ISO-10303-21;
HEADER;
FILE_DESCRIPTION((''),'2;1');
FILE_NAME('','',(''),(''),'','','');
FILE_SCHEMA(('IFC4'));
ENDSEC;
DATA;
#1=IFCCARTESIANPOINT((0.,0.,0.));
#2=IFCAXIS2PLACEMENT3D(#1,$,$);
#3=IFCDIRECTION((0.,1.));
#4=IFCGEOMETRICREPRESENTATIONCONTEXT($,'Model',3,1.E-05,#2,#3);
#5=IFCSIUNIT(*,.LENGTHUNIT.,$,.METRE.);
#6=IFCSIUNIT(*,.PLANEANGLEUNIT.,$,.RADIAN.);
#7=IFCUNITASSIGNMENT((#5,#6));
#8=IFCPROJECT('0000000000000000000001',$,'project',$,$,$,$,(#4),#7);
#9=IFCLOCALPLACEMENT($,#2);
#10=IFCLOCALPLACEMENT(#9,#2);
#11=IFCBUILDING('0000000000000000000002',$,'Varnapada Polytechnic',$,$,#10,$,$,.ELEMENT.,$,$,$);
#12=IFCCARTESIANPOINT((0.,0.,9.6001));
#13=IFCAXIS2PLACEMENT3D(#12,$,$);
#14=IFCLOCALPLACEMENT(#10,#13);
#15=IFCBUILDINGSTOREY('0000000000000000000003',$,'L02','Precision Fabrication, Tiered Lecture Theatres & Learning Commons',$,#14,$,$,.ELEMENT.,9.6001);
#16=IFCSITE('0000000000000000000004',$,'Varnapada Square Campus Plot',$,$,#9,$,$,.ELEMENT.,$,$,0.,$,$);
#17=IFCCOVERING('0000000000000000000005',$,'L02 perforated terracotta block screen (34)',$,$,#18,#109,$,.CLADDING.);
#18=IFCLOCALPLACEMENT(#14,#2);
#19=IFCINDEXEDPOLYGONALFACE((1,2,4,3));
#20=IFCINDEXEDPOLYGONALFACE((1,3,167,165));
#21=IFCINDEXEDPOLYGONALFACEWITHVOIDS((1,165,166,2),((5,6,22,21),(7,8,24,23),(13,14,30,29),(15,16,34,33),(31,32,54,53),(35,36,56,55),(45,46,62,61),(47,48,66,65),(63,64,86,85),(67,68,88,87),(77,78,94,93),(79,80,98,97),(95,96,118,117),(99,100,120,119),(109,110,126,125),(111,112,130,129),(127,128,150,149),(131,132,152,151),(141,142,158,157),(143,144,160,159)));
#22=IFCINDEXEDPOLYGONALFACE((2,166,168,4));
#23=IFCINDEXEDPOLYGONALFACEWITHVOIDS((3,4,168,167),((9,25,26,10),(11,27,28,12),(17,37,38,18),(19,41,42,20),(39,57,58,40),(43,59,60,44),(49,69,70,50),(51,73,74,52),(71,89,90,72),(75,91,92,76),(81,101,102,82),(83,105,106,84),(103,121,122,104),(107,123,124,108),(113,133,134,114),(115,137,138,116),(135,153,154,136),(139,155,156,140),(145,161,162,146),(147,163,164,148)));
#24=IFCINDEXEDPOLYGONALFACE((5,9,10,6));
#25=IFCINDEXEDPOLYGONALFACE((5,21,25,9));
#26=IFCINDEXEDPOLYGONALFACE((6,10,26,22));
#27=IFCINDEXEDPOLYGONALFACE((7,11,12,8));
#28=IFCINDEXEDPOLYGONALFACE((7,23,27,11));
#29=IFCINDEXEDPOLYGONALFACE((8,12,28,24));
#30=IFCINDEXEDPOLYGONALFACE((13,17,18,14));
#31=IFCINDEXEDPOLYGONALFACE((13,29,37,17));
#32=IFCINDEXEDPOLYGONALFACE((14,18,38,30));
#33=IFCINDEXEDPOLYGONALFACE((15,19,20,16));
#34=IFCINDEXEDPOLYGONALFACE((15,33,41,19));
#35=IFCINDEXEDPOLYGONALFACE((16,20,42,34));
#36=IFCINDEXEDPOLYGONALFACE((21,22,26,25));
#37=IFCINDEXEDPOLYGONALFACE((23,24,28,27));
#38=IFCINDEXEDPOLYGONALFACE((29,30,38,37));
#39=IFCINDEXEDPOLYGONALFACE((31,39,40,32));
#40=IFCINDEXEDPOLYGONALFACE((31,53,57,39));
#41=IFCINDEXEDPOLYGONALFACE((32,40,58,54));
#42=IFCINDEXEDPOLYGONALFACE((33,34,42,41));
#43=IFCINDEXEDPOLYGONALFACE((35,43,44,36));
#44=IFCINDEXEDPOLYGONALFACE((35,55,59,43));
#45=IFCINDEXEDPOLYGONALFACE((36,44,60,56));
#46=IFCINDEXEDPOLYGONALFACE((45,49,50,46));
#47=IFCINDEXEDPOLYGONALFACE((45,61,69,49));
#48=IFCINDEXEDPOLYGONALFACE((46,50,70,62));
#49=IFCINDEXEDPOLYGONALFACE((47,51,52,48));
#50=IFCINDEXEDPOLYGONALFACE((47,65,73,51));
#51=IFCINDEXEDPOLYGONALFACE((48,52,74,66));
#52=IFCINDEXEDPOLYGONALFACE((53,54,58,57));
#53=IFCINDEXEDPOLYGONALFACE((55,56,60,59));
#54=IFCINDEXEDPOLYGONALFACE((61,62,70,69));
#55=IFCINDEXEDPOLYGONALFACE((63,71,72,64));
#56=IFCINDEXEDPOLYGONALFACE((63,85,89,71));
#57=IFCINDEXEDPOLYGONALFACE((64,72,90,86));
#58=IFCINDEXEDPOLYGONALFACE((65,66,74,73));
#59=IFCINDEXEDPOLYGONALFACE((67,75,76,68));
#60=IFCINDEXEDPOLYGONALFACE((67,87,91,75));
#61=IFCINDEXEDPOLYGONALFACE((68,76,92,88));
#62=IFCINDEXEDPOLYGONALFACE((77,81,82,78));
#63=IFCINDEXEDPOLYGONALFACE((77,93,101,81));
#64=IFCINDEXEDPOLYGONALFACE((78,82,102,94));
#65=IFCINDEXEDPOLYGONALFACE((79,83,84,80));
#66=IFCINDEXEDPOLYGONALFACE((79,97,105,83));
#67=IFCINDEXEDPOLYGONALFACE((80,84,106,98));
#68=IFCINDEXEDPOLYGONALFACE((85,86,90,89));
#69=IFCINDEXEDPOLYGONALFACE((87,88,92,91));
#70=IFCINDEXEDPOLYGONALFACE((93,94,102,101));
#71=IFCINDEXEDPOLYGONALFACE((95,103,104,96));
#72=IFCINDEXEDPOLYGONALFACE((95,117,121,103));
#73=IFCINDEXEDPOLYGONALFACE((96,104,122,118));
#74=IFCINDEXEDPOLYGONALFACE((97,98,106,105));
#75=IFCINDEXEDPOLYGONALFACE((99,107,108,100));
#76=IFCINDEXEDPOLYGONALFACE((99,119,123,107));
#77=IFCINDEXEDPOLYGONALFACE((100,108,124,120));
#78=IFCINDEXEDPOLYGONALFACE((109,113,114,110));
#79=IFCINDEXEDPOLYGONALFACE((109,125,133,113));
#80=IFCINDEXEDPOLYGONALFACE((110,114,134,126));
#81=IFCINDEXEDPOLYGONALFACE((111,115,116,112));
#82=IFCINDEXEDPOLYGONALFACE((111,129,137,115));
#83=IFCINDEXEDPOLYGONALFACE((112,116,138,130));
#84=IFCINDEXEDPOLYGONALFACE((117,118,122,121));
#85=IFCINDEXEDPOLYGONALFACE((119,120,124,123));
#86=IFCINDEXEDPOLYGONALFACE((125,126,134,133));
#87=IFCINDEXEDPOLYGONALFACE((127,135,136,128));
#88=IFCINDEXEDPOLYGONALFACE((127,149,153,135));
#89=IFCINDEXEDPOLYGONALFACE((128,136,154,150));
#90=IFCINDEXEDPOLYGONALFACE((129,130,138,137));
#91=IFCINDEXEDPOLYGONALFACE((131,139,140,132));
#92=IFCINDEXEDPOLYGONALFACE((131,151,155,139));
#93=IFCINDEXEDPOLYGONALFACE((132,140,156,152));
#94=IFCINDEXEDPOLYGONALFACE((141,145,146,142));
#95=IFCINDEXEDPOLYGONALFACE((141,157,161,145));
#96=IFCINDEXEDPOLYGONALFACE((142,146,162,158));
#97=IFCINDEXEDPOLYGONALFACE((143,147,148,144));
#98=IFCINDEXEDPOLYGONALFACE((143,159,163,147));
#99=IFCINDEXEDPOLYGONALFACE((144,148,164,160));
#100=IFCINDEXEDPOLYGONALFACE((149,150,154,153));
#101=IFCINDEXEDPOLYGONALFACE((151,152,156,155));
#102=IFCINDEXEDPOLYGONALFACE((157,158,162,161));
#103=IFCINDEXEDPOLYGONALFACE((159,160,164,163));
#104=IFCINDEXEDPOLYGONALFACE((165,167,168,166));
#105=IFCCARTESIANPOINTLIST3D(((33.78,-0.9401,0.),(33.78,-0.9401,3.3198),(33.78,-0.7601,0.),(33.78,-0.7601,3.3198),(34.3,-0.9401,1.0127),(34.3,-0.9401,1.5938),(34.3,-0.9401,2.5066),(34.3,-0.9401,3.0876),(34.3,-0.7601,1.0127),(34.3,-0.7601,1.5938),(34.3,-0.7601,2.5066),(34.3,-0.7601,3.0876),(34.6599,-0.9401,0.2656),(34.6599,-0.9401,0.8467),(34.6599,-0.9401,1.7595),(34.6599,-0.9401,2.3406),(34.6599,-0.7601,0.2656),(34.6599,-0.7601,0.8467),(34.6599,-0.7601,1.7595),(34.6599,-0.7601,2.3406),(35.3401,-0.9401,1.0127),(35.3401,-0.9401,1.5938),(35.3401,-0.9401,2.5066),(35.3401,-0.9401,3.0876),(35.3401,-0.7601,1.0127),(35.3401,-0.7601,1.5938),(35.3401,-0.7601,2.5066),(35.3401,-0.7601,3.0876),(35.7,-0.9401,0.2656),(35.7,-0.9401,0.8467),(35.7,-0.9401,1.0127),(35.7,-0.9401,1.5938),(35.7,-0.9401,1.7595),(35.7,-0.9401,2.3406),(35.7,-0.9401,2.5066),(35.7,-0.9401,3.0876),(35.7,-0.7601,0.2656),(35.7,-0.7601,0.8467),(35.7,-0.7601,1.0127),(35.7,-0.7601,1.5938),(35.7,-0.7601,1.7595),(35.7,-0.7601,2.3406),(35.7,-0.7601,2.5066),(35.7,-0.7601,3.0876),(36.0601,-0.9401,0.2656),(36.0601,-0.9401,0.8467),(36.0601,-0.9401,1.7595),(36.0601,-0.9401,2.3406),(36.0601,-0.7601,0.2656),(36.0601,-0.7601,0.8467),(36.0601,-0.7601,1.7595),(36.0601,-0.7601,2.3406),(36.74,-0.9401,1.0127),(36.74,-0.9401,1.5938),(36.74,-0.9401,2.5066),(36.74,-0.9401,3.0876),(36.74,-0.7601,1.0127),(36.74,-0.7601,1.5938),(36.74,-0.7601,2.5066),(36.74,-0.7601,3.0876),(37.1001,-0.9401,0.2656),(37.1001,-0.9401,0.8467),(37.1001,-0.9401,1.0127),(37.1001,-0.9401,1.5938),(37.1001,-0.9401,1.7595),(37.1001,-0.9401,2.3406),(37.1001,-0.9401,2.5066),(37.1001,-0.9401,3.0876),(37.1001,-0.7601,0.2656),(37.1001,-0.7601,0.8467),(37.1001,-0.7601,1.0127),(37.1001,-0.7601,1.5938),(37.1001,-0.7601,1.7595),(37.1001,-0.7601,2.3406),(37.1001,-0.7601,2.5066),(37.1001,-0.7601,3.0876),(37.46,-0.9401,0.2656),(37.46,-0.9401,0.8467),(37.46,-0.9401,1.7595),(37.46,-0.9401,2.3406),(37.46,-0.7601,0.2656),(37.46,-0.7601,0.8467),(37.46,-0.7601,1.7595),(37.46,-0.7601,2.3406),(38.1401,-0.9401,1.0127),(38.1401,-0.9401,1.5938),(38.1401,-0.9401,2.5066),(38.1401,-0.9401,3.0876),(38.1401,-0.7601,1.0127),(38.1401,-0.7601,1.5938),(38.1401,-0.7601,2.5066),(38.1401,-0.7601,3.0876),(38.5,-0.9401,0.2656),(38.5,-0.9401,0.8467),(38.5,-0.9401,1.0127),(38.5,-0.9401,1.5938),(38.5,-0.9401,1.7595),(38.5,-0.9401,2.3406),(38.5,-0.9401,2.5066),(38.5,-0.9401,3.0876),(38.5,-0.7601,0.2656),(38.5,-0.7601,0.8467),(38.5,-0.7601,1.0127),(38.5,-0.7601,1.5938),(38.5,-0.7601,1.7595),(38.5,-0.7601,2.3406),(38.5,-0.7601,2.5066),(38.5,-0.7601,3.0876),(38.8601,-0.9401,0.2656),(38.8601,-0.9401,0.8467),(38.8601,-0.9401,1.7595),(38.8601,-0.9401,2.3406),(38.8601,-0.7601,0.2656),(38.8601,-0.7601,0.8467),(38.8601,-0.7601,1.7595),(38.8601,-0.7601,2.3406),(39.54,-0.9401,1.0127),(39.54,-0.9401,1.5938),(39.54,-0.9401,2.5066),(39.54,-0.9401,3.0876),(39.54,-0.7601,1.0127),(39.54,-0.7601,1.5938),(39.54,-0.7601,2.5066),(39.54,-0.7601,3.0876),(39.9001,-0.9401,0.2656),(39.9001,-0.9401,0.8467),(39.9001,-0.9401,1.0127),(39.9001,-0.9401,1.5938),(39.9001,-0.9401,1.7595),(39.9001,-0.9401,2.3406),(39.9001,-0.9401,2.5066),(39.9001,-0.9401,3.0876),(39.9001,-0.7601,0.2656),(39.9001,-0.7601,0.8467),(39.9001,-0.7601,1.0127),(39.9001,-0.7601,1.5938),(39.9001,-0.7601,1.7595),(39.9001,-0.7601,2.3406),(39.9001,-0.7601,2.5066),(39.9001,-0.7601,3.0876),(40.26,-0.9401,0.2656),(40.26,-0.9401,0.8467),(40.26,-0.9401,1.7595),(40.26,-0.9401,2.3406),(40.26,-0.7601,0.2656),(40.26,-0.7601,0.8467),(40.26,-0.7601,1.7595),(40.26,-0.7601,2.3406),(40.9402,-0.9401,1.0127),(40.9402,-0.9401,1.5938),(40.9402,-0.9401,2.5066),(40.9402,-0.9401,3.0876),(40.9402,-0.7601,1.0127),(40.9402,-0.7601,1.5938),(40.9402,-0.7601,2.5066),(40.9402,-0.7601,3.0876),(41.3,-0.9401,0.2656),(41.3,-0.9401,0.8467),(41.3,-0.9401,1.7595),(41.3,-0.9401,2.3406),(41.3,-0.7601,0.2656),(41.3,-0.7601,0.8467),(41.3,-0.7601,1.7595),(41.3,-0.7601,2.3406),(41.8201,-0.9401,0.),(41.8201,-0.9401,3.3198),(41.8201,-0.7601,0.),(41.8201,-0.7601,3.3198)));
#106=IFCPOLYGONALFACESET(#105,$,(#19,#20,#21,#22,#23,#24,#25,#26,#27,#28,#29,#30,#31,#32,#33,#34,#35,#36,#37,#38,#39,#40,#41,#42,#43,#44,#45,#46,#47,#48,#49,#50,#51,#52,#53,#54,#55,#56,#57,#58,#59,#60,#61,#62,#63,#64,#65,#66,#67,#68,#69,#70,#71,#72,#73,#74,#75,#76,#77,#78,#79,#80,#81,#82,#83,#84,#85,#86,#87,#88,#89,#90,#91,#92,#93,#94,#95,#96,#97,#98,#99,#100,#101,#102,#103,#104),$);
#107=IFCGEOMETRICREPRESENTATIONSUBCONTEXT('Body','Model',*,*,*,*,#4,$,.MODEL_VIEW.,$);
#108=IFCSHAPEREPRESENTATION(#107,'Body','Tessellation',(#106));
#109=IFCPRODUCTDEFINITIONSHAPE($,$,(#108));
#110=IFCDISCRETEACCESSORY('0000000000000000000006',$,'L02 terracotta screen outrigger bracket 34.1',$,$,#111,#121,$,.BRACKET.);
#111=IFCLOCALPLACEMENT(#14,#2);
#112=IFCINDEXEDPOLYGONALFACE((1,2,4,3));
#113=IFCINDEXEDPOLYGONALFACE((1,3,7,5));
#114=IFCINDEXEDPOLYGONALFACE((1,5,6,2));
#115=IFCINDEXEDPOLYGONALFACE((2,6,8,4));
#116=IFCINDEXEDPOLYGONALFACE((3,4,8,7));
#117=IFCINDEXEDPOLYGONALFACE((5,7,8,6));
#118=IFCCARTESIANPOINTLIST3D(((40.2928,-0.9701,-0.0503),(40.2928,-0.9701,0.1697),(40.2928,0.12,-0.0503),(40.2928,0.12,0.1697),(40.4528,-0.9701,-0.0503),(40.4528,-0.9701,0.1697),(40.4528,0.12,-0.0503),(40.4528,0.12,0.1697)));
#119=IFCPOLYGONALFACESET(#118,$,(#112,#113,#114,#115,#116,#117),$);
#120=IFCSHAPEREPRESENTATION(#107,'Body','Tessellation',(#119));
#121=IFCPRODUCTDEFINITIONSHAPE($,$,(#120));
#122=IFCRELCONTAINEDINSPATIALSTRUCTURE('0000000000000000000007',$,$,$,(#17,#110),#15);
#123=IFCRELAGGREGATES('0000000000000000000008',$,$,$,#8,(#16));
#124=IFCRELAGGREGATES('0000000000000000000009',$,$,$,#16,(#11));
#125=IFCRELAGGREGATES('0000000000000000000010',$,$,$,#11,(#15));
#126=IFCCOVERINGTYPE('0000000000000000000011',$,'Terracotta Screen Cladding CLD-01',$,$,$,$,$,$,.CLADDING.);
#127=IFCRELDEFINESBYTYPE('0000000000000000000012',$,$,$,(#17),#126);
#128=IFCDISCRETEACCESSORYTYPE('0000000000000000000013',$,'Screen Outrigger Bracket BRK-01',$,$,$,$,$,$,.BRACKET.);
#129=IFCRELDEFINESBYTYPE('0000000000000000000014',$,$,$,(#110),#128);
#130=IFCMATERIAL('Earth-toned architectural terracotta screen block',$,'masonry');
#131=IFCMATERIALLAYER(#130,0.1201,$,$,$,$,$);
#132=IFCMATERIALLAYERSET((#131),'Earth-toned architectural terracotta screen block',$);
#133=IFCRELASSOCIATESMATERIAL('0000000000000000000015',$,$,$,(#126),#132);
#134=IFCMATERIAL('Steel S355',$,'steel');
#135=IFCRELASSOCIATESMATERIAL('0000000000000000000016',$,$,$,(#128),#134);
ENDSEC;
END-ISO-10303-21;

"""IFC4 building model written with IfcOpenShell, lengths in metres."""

from ifc_helpers import new_model, si_unit, direction, frame, frame_2d, origin, origin_2d, place, context, subcontext, project, spatial, rectangle, extrude, material, layer, layer_set, type_object, element, save


model = new_model("IFC4")

# Units and contexts
model_context = context("Model", 3, precision=1e-05, world=origin(), true_north=direction((0.0, 1.0)))
body_context = subcontext(model_context, "Body", "Model", "MODEL_VIEW")
ifc_project = project(units=[si_unit("LENGTHUNIT", "METRE"), si_unit("PLANEANGLEUNIT", "RADIAN")], contexts=[model_context])

# Site, building, storey
site_placement = place(None, origin())
site = spatial("IfcSite", under=ifc_project, at=site_placement, Name="Varnapada Square Campus Plot", CompositionType="ELEMENT", RefElevation=0.0)
building_placement = place(site_placement, origin())
building = spatial("IfcBuilding", under=site, at=building_placement, Name="Varnapada Polytechnic", CompositionType="ELEMENT")
storey_placement = place(building_placement, frame((0.0, 0.0, 9.6001)))
storey = spatial("IfcBuildingStorey", under=building, at=storey_placement, Name="L02", Description="Precision Fabrication, Tiered Lecture Theatres & Learning Commons", CompositionType="ELEMENT", Elevation=9.6001)

# Covering, openings
ifc_material_1 = material(Name="Earth-toned architectural terracotta screen block", Category="masonry")
ifc_layer_1 = layer(ifc_material_1, 0.1201)
ifc_layer_set_1 = layer_set([ifc_layer_1], Name="Earth-toned architectural terracotta screen block")
covering_type = type_object("IfcCoveringType", Name="Terracotta Screen Cladding CLD-01", PredefinedType="CLADDING", material=ifc_layer_set_1)
covering_placement = place(storey_placement, frame((41.8201, -0.8501, 0.0), z_axis=(0.0, 0.0, 1.0), x_axis=(-1.0, 0.0, 0.0)))
covering = element("IfcCovering", 1, at=covering_placement, inside=storey, type_object=covering_type, Name="L02 perforated terracotta block screen (34)", PredefinedType="CLADDING", context=body_context, shape_type="SweptSolid", body=[
    extrude(rectangle(XDim=8.04, YDim=0.1799, at=frame_2d((4.02, 0.0))), origin(), (0.0, 0.0, 1.0), 3.3198),
])
opening_1_placement = place(covering_placement, frame((0.52, 0.0, 0.2656)))
element("IfcOpeningElement", 2, at=opening_1_placement, cuts=covering, PredefinedType="OPENING", context=body_context, shape_type="SweptSolid", body=[
    extrude(rectangle(XDim=1.04, YDim=0.5811, at=frame_2d((0.52, 0.2905))), frame((0.0, 0.0999, 0.0), z_axis=(0.0, -1.0, 0.0), x_axis=(1.0, 0.0, 0.0)), (0.0, 0.0, 1.0), 0.2),
])
opening_2_placement = place(covering_placement, frame((1.9199, 0.0, 0.2656)))
element("IfcOpeningElement", 3, at=opening_2_placement, cuts=covering, PredefinedType="OPENING", context=body_context, shape_type="SweptSolid", body=[
    extrude(rectangle(XDim=1.04, YDim=0.5811, at=frame_2d((0.52, 0.2905))), frame((0.0, 0.0999, 0.0), z_axis=(0.0, -1.0, 0.0), x_axis=(1.0, 0.0, 0.0)), (0.0, 0.0, 1.0), 0.2),
])
opening_3_placement = place(covering_placement, frame((3.3201, 0.0, 0.2656)))
element("IfcOpeningElement", 4, at=opening_3_placement, cuts=covering, PredefinedType="OPENING", context=body_context, shape_type="SweptSolid", body=[
    extrude(rectangle(XDim=1.04, YDim=0.5811, at=frame_2d((0.52, 0.2905))), frame((0.0, 0.0999, 0.0), z_axis=(0.0, -1.0, 0.0), x_axis=(1.0, 0.0, 0.0)), (0.0, 0.0, 1.0), 0.2),
])
opening_4_placement = place(covering_placement, frame((4.72, 0.0, 0.2656)))
element("IfcOpeningElement", 5, at=opening_4_placement, cuts=covering, PredefinedType="OPENING", context=body_context, shape_type="SweptSolid", body=[
    extrude(rectangle(XDim=1.04, YDim=0.5811, at=frame_2d((0.52, 0.2905))), frame((0.0, 0.0999, 0.0), z_axis=(0.0, -1.0, 0.0), x_axis=(1.0, 0.0, 0.0)), (0.0, 0.0, 1.0), 0.2),
])
opening_5_placement = place(covering_placement, frame((6.1201, 0.0, 0.2656)))
element("IfcOpeningElement", 6, at=opening_5_placement, cuts=covering, PredefinedType="OPENING", context=body_context, shape_type="SweptSolid", body=[
    extrude(rectangle(XDim=1.04, YDim=0.5811, at=frame_2d((0.52, 0.2905))), frame((0.0, 0.0999, 0.0), z_axis=(0.0, -1.0, 0.0), x_axis=(1.0, 0.0, 0.0)), (0.0, 0.0, 1.0), 0.2),
])
opening_6_placement = place(covering_placement, frame((0.8799, 0.0, 1.0127)))
element("IfcOpeningElement", 7, at=opening_6_placement, cuts=covering, PredefinedType="OPENING", context=body_context, shape_type="SweptSolid", body=[
    extrude(rectangle(XDim=1.04, YDim=0.5811, at=frame_2d((0.52, 0.2905))), frame((0.0, 0.0999, 0.0), z_axis=(0.0, -1.0, 0.0), x_axis=(1.0, 0.0, 0.0)), (0.0, 0.0, 1.0), 0.2),
])
opening_7_placement = place(covering_placement, frame((2.28, 0.0, 1.0127)))
element("IfcOpeningElement", 8, at=opening_7_placement, cuts=covering, PredefinedType="OPENING", context=body_context, shape_type="SweptSolid", body=[
    extrude(rectangle(XDim=1.04, YDim=0.5811, at=frame_2d((0.52, 0.2905))), frame((0.0, 0.0999, 0.0), z_axis=(0.0, -1.0, 0.0), x_axis=(1.0, 0.0, 0.0)), (0.0, 0.0, 1.0), 0.2),
])
opening_8_placement = place(covering_placement, frame((3.6799, 0.0, 1.0127)))
element("IfcOpeningElement", 9, at=opening_8_placement, cuts=covering, PredefinedType="OPENING", context=body_context, shape_type="SweptSolid", body=[
    extrude(rectangle(XDim=1.04, YDim=0.5811, at=frame_2d((0.52, 0.2905))), frame((0.0, 0.0999, 0.0), z_axis=(0.0, -1.0, 0.0), x_axis=(1.0, 0.0, 0.0)), (0.0, 0.0, 1.0), 0.2),
])
opening_9_placement = place(covering_placement, frame((5.0801, 0.0, 1.0127)))
element("IfcOpeningElement", 10, at=opening_9_placement, cuts=covering, PredefinedType="OPENING", context=body_context, shape_type="SweptSolid", body=[
    extrude(rectangle(XDim=1.04, YDim=0.5811, at=frame_2d((0.52, 0.2905))), frame((0.0, 0.0999, 0.0), z_axis=(0.0, -1.0, 0.0), x_axis=(1.0, 0.0, 0.0)), (0.0, 0.0, 1.0), 0.2),
])
opening_10_placement = place(covering_placement, frame((6.48, 0.0, 1.0127)))
element("IfcOpeningElement", 11, at=opening_10_placement, cuts=covering, PredefinedType="OPENING", context=body_context, shape_type="SweptSolid", body=[
    extrude(rectangle(XDim=1.04, YDim=0.5811, at=frame_2d((0.52, 0.2905))), frame((0.0, 0.0999, 0.0), z_axis=(0.0, -1.0, 0.0), x_axis=(1.0, 0.0, 0.0)), (0.0, 0.0, 1.0), 0.2),
])
opening_11_placement = place(covering_placement, frame((0.52, 0.0, 1.7595)))
element("IfcOpeningElement", 12, at=opening_11_placement, cuts=covering, PredefinedType="OPENING", context=body_context, shape_type="SweptSolid", body=[
    extrude(rectangle(XDim=1.04, YDim=0.5811, at=frame_2d((0.52, 0.2905))), frame((0.0, 0.0999, 0.0), z_axis=(0.0, -1.0, 0.0), x_axis=(1.0, 0.0, 0.0)), (0.0, 0.0, 1.0), 0.2),
])
opening_12_placement = place(covering_placement, frame((1.9199, 0.0, 1.7595)))
element("IfcOpeningElement", 13, at=opening_12_placement, cuts=covering, PredefinedType="OPENING", context=body_context, shape_type="SweptSolid", body=[
    extrude(rectangle(XDim=1.04, YDim=0.5811, at=frame_2d((0.52, 0.2905))), frame((0.0, 0.0999, 0.0), z_axis=(0.0, -1.0, 0.0), x_axis=(1.0, 0.0, 0.0)), (0.0, 0.0, 1.0), 0.2),
])
opening_13_placement = place(covering_placement, frame((3.3201, 0.0, 1.7595)))
element("IfcOpeningElement", 14, at=opening_13_placement, cuts=covering, PredefinedType="OPENING", context=body_context, shape_type="SweptSolid", body=[
    extrude(rectangle(XDim=1.04, YDim=0.5811, at=frame_2d((0.52, 0.2905))), frame((0.0, 0.0999, 0.0), z_axis=(0.0, -1.0, 0.0), x_axis=(1.0, 0.0, 0.0)), (0.0, 0.0, 1.0), 0.2),
])
opening_14_placement = place(covering_placement, frame((4.72, 0.0, 1.7595)))
element("IfcOpeningElement", 15, at=opening_14_placement, cuts=covering, PredefinedType="OPENING", context=body_context, shape_type="SweptSolid", body=[
    extrude(rectangle(XDim=1.04, YDim=0.5811, at=frame_2d((0.52, 0.2905))), frame((0.0, 0.0999, 0.0), z_axis=(0.0, -1.0, 0.0), x_axis=(1.0, 0.0, 0.0)), (0.0, 0.0, 1.0), 0.2),
])
opening_15_placement = place(covering_placement, frame((6.1201, 0.0, 1.7595)))
element("IfcOpeningElement", 16, at=opening_15_placement, cuts=covering, PredefinedType="OPENING", context=body_context, shape_type="SweptSolid", body=[
    extrude(rectangle(XDim=1.04, YDim=0.5811, at=frame_2d((0.52, 0.2905))), frame((0.0, 0.0999, 0.0), z_axis=(0.0, -1.0, 0.0), x_axis=(1.0, 0.0, 0.0)), (0.0, 0.0, 1.0), 0.2),
])
opening_16_placement = place(covering_placement, frame((0.8799, 0.0, 2.5066)))
element("IfcOpeningElement", 17, at=opening_16_placement, cuts=covering, PredefinedType="OPENING", context=body_context, shape_type="SweptSolid", body=[
    extrude(rectangle(XDim=1.04, YDim=0.5811, at=frame_2d((0.52, 0.2905))), frame((0.0, 0.0999, 0.0), z_axis=(0.0, -1.0, 0.0), x_axis=(1.0, 0.0, 0.0)), (0.0, 0.0, 1.0), 0.2),
])
opening_17_placement = place(covering_placement, frame((2.28, 0.0, 2.5066)))
element("IfcOpeningElement", 18, at=opening_17_placement, cuts=covering, PredefinedType="OPENING", context=body_context, shape_type="SweptSolid", body=[
    extrude(rectangle(XDim=1.04, YDim=0.5811, at=frame_2d((0.52, 0.2905))), frame((0.0, 0.0999, 0.0), z_axis=(0.0, -1.0, 0.0), x_axis=(1.0, 0.0, 0.0)), (0.0, 0.0, 1.0), 0.2),
])
opening_18_placement = place(covering_placement, frame((3.6799, 0.0, 2.5066)))
element("IfcOpeningElement", 19, at=opening_18_placement, cuts=covering, PredefinedType="OPENING", context=body_context, shape_type="SweptSolid", body=[
    extrude(rectangle(XDim=1.04, YDim=0.5811, at=frame_2d((0.52, 0.2905))), frame((0.0, 0.0999, 0.0), z_axis=(0.0, -1.0, 0.0), x_axis=(1.0, 0.0, 0.0)), (0.0, 0.0, 1.0), 0.2),
])
opening_19_placement = place(covering_placement, frame((5.0801, 0.0, 2.5066)))
element("IfcOpeningElement", 20, at=opening_19_placement, cuts=covering, PredefinedType="OPENING", context=body_context, shape_type="SweptSolid", body=[
    extrude(rectangle(XDim=1.04, YDim=0.5811, at=frame_2d((0.52, 0.2905))), frame((0.0, 0.0999, 0.0), z_axis=(0.0, -1.0, 0.0), x_axis=(1.0, 0.0, 0.0)), (0.0, 0.0, 1.0), 0.2),
])
opening_20_placement = place(covering_placement, frame((6.48, 0.0, 2.5066)))
element("IfcOpeningElement", 21, at=opening_20_placement, cuts=covering, PredefinedType="OPENING", context=body_context, shape_type="SweptSolid", body=[
    extrude(rectangle(XDim=1.04, YDim=0.5811, at=frame_2d((0.52, 0.2905))), frame((0.0, 0.0999, 0.0), z_axis=(0.0, -1.0, 0.0), x_axis=(1.0, 0.0, 0.0)), (0.0, 0.0, 1.0), 0.2),
])

# Discrete accessory
ifc_material_2 = material(Name="Steel S355", Category="steel")
discrete_accessory_type = type_object("IfcDiscreteAccessoryType", Name="Screen Outrigger Bracket BRK-01", PredefinedType="BRACKET", material=ifc_material_2)
discrete_accessory_placement = place(storey_placement, frame((40.3728, -0.425, -0.0503), z_axis=(0.0, 0.0, 1.0), x_axis=(-1.0, 0.0, 0.0)))
element("IfcDiscreteAccessory", 22, at=discrete_accessory_placement, inside=storey, type_object=discrete_accessory_type, Name="L02 terracotta screen outrigger bracket 34.1", PredefinedType="BRACKET", context=body_context, shape_type="SweptSolid", body=[
    extrude(rectangle(XDim=0.1599, YDim=1.0901, at=origin_2d()), origin(), (0.0, 0.0, 1.0), 0.22),
])

save(model, "model.ifc")
